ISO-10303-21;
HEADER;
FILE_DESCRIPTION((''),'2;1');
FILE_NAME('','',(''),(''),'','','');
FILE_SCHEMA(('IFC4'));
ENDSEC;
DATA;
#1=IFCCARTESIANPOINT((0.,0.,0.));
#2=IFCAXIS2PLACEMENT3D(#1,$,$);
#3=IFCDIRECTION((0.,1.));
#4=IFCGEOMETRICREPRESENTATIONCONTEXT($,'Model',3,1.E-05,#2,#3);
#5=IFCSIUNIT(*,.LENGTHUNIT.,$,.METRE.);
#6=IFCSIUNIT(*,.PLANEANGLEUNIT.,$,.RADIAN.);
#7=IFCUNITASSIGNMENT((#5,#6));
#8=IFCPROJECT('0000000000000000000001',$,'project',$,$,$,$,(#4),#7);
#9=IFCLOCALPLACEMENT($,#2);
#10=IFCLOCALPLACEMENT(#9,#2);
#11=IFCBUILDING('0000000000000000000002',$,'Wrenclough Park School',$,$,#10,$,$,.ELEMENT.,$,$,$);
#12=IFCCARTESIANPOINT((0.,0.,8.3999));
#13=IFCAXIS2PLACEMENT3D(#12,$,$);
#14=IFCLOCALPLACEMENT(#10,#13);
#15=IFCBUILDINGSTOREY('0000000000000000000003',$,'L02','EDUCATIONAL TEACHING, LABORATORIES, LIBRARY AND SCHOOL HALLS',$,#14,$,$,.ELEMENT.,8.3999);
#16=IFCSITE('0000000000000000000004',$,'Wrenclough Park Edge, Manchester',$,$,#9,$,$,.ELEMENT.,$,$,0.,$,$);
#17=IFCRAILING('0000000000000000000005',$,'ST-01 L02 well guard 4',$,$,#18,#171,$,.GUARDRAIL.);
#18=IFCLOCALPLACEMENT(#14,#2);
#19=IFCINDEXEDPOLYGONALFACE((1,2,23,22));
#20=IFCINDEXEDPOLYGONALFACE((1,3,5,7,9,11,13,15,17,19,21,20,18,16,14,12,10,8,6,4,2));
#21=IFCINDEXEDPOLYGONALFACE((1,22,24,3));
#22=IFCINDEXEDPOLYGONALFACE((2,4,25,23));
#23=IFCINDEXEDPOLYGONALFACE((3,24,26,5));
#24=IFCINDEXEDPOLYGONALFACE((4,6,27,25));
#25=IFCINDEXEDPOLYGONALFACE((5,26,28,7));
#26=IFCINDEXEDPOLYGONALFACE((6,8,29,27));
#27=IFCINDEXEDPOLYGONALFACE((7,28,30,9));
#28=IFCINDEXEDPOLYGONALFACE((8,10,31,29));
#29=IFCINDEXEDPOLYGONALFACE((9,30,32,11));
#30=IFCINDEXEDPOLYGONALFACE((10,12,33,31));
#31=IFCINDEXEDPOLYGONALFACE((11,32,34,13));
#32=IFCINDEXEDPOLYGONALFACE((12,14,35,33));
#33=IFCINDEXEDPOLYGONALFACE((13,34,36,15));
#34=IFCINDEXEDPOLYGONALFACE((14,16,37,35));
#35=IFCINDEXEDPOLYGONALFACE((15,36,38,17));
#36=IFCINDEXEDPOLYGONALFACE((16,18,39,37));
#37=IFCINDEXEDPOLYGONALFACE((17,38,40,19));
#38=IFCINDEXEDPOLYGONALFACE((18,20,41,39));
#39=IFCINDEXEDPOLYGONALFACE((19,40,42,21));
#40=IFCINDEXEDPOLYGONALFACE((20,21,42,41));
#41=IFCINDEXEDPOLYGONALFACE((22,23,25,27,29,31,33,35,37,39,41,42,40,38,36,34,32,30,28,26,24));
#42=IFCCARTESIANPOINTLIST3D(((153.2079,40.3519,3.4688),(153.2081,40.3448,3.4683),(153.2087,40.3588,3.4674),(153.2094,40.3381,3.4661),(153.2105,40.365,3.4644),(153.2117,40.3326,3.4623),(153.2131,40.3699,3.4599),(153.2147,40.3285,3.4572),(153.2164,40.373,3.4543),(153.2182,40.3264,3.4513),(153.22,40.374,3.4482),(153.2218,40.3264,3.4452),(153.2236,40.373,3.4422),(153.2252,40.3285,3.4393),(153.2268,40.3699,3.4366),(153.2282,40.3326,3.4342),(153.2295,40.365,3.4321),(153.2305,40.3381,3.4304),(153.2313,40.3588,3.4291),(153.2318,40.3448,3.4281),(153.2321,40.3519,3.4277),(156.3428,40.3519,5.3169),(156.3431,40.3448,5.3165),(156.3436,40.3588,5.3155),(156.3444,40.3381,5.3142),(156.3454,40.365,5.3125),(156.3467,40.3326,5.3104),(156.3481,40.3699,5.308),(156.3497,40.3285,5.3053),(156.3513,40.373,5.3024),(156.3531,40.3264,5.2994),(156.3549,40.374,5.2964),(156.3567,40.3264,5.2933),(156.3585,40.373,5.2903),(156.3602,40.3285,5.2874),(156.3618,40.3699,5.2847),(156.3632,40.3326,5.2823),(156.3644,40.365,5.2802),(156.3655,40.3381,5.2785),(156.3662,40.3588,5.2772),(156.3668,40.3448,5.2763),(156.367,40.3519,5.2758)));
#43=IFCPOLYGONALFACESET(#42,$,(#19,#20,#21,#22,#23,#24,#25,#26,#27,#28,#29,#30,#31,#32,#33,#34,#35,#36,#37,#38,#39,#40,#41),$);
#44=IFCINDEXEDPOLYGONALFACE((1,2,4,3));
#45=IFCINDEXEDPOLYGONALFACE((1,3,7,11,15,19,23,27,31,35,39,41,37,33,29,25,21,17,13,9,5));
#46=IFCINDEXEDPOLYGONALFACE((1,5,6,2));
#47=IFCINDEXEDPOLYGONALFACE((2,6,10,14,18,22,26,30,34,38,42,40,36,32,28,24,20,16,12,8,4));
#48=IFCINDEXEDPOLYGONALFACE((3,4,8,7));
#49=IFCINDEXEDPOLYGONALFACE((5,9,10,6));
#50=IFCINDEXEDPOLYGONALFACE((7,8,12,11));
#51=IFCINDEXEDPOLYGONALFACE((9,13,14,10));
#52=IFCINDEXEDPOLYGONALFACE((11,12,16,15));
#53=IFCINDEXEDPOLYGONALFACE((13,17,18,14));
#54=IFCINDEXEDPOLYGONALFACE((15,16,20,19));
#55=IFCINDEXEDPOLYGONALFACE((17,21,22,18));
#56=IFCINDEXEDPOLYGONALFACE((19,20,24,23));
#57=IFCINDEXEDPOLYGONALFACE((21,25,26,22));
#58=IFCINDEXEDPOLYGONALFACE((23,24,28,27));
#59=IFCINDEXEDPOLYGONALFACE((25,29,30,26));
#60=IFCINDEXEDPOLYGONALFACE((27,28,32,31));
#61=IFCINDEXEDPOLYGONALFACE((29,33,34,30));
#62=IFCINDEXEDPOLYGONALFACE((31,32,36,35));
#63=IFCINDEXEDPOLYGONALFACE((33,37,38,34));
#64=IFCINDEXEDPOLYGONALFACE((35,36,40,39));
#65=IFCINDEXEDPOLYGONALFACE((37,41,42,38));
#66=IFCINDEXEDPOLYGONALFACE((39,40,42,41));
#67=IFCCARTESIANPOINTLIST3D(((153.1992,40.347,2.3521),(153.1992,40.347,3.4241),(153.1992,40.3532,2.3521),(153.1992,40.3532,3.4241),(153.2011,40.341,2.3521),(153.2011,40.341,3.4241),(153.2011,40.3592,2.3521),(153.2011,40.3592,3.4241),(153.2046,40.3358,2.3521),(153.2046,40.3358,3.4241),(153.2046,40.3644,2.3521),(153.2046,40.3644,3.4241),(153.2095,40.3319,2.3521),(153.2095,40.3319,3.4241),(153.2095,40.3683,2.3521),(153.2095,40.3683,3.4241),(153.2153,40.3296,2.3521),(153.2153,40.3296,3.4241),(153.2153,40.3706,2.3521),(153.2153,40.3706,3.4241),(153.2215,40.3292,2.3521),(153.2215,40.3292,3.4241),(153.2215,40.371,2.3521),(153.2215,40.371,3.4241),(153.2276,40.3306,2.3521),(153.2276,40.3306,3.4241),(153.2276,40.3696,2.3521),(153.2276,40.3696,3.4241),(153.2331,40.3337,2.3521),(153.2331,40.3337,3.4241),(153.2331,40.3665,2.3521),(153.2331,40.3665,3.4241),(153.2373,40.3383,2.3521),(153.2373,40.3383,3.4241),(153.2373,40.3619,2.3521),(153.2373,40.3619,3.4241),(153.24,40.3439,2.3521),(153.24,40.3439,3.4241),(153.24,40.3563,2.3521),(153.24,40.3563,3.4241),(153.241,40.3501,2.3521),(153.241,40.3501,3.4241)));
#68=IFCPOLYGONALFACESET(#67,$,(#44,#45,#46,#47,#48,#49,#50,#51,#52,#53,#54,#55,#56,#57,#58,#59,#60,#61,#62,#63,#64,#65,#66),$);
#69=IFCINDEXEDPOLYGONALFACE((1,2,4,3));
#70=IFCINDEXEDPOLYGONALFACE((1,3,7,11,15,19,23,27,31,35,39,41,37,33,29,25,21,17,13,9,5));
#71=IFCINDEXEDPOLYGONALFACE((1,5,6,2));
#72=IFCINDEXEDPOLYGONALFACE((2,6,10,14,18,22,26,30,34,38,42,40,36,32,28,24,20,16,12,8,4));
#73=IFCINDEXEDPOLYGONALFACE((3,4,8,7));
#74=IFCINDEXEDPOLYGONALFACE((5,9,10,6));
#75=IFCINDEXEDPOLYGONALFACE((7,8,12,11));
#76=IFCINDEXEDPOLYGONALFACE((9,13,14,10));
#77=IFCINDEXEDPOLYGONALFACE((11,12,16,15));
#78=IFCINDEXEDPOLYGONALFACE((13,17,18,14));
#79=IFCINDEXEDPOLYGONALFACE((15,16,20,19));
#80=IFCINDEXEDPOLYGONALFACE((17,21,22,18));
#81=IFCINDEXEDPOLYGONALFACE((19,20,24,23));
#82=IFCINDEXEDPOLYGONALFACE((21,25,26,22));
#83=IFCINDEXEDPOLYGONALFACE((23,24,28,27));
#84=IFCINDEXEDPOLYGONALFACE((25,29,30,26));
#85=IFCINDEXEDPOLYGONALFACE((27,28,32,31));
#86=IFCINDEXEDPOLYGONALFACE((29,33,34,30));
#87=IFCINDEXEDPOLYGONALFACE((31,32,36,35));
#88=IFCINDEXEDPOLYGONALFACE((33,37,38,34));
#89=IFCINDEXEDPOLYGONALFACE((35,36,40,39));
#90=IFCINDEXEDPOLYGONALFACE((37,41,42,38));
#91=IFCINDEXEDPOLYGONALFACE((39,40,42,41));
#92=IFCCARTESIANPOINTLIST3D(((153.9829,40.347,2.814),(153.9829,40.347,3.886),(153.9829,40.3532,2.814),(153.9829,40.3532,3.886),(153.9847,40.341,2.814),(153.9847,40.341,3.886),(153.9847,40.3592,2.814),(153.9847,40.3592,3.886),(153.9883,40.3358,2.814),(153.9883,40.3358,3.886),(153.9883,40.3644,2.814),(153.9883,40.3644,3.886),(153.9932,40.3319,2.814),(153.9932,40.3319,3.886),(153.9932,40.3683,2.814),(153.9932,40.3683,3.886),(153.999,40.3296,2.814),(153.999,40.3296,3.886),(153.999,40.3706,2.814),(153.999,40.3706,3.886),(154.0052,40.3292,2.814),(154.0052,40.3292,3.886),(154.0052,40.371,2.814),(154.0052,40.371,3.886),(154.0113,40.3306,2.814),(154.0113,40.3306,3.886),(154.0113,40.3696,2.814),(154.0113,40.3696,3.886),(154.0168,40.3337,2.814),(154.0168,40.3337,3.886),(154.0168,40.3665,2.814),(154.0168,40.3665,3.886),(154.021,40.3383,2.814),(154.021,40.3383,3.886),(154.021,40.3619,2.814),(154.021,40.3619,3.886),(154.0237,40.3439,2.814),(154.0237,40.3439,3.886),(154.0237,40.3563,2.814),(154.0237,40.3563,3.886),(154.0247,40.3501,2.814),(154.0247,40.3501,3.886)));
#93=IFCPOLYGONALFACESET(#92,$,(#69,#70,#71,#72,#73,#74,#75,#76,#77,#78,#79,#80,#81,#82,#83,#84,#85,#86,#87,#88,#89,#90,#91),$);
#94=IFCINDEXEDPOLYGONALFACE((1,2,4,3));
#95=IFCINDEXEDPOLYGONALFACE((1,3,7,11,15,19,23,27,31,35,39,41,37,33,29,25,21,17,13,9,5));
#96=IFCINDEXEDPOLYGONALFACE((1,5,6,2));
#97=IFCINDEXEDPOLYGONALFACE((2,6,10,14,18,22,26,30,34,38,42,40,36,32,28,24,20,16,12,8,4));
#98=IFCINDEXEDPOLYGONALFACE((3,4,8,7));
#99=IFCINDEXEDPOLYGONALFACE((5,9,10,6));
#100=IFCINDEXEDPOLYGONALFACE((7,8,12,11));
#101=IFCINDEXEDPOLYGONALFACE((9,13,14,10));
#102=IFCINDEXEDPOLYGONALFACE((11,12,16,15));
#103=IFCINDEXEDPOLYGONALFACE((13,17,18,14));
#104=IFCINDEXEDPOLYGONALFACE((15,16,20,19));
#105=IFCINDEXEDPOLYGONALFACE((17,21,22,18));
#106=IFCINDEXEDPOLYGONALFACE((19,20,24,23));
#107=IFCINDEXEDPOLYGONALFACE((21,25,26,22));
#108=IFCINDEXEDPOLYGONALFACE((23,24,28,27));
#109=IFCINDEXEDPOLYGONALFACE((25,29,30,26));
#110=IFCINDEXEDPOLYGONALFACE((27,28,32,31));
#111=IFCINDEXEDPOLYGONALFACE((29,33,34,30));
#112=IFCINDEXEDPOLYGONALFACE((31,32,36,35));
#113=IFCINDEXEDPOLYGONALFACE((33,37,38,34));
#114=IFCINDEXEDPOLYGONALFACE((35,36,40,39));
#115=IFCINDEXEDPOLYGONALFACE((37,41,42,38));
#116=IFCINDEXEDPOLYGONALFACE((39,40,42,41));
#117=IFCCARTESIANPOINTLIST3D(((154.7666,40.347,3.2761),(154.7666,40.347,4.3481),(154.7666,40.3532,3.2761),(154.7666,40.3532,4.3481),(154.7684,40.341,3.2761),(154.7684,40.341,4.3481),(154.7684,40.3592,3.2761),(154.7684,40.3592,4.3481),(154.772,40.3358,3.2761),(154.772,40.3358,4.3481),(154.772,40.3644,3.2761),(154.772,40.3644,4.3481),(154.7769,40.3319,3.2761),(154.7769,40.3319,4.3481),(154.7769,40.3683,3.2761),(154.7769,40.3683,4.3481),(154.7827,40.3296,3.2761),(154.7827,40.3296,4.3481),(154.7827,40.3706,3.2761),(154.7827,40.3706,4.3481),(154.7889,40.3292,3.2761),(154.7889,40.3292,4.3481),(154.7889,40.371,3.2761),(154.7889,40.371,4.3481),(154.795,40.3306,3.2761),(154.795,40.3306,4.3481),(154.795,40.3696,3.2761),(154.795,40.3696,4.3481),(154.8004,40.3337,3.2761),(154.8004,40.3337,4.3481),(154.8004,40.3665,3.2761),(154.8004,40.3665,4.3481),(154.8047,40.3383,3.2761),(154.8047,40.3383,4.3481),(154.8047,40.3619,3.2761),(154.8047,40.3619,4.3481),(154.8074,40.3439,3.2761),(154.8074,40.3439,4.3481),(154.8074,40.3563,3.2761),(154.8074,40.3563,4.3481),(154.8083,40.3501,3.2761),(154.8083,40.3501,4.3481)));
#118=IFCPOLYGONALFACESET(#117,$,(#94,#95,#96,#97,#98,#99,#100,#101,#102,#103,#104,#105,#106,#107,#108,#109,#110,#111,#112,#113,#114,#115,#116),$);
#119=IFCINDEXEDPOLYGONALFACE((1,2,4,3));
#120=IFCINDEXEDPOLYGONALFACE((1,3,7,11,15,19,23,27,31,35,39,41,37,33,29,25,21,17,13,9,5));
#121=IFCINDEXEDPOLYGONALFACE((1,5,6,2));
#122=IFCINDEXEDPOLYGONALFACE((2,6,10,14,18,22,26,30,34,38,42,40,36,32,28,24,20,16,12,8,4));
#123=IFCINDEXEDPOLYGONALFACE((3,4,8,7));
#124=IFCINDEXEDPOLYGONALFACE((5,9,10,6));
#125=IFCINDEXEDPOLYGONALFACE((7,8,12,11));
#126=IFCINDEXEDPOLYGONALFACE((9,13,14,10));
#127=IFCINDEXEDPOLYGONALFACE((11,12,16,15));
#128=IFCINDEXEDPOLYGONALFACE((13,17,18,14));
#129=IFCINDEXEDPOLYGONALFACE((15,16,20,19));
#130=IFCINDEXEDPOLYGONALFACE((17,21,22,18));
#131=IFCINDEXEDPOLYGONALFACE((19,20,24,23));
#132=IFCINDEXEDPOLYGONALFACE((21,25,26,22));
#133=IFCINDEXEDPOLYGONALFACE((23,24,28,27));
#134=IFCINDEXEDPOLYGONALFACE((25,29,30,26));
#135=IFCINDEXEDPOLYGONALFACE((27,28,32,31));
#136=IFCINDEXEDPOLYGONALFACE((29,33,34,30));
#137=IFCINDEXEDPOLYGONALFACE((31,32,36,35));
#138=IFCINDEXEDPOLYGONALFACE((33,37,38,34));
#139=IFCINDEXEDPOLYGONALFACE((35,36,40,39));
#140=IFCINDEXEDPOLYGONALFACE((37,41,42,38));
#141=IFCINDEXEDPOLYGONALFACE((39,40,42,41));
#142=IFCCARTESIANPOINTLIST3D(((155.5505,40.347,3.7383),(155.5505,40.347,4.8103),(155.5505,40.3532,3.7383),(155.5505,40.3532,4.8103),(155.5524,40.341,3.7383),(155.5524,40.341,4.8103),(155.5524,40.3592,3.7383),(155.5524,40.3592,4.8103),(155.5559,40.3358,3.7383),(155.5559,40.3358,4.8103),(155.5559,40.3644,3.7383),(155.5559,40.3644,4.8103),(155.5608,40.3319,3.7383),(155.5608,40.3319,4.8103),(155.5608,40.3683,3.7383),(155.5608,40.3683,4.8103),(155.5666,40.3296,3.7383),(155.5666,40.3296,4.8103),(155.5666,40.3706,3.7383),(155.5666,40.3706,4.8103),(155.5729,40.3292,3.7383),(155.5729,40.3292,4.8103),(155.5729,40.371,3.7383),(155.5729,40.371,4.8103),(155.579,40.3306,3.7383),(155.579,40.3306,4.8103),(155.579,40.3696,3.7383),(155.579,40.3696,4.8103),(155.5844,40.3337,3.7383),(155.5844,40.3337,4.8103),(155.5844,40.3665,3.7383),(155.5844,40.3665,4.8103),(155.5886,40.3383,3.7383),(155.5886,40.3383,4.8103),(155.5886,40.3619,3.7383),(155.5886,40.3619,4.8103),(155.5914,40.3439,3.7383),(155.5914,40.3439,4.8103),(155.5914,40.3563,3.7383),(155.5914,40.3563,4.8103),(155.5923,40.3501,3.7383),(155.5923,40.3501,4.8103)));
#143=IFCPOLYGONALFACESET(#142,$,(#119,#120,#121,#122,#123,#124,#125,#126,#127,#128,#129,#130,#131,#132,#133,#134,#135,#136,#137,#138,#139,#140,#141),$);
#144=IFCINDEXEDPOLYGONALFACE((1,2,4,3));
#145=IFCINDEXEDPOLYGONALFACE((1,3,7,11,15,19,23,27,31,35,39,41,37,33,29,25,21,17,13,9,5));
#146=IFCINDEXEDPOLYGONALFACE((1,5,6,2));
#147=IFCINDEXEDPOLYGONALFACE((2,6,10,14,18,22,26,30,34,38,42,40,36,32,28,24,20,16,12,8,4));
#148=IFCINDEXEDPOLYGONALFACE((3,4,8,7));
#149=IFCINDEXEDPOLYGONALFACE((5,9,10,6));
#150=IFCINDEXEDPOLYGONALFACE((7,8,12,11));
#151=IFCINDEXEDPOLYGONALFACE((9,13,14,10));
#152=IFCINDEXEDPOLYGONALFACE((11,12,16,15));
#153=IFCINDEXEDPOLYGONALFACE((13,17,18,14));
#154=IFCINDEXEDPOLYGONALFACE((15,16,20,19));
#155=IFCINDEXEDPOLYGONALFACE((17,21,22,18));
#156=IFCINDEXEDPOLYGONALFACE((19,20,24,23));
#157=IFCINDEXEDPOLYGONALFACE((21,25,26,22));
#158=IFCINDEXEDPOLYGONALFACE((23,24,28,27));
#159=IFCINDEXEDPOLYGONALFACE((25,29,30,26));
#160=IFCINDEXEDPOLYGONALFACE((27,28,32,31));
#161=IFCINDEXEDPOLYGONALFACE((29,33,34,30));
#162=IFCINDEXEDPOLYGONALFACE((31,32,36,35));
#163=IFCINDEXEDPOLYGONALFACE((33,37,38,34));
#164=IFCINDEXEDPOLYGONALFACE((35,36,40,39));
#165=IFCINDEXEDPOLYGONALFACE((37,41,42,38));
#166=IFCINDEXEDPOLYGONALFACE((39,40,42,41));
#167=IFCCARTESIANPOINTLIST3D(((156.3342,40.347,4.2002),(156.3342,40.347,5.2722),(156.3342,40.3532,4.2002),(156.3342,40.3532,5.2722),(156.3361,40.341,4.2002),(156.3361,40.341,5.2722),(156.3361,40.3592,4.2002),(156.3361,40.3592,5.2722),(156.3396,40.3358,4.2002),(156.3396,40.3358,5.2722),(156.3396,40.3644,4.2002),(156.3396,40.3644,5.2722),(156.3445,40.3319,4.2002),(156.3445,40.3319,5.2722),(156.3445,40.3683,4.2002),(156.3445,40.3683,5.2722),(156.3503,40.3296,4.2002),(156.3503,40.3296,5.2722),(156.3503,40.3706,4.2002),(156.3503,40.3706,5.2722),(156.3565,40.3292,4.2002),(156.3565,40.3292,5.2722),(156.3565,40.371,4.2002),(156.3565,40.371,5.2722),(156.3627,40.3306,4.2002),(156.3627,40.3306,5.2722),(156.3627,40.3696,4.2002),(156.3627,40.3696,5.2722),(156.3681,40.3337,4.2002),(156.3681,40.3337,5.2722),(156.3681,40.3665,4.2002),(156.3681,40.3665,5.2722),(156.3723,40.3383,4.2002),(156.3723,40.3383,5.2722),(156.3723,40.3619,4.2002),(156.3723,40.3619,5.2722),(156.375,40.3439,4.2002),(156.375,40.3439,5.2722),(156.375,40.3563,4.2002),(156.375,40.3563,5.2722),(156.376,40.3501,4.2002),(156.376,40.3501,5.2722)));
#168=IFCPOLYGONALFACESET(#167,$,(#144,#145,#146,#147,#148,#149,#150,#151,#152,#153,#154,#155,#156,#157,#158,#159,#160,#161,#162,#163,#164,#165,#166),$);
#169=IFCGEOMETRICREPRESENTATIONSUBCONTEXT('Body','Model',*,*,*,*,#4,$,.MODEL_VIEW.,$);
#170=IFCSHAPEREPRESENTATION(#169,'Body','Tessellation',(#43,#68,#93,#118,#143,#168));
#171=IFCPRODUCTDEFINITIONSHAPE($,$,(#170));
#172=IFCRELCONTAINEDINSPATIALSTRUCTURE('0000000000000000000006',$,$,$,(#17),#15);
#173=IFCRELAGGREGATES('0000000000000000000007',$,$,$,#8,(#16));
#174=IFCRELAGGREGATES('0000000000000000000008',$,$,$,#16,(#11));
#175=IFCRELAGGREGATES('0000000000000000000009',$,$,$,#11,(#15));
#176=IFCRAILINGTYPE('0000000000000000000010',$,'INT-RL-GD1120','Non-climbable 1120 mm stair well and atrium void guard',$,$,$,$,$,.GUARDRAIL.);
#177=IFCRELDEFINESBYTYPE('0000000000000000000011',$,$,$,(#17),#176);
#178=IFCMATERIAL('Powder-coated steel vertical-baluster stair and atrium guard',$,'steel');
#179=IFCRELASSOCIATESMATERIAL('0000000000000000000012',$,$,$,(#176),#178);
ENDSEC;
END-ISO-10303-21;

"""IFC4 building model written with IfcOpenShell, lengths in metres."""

from ifc_helpers import new_model, si_unit, direction, frame, origin, origin_2d, place, context, subcontext, project, spatial, circle, extrude, material, type_object, element, save


model = new_model("IFC4")

# Units and contexts
model_context = context("Model", 3, precision=1e-05, world=origin(), true_north=direction((0.0, 1.0)))
body_context = subcontext(model_context, "Body", "Model", "MODEL_VIEW")
ifc_project = project(units=[si_unit("LENGTHUNIT", "METRE"), si_unit("PLANEANGLEUNIT", "RADIAN")], contexts=[model_context])

# Site, building, storey
site_placement = place(None, origin())
site = spatial("IfcSite", under=ifc_project, at=site_placement, Name="Wrenclough Park Edge, Manchester", CompositionType="ELEMENT", RefElevation=0.0)
building_placement = place(site_placement, origin())
building = spatial("IfcBuilding", under=site, at=building_placement, Name="Wrenclough Park School", CompositionType="ELEMENT")
storey_placement = place(building_placement, frame((0.0, 0.0, 8.3999)))
storey = spatial("IfcBuildingStorey", under=building, at=storey_placement, Name="L02", Description="EDUCATIONAL TEACHING, LABORATORIES, LIBRARY AND SCHOOL HALLS", CompositionType="ELEMENT", Elevation=8.3999)

# Railing
ifc_material_1 = material(Name="Powder-coated steel vertical-baluster stair and atrium guard", Category="steel")
railing_type_1 = type_object("IfcRailingType", Name="INT-RL-GD1120", Description="Non-climbable 1120 mm stair well and atrium void guard", PredefinedType="GUARDRAIL", material=ifc_material_1)
railing_1_placement = place(storey_placement, frame((153.22, 40.3501, 2.3521)))
element("IfcRailing", 1, at=railing_1_placement, inside=storey, type_object=railing_type_1, Name="ST-01 L02 well guard 4", PredefinedType="GUARDRAIL", context=body_context, shape_type="SweptSolid", body=[
    extrude(circle(Radius=0.0239, at=origin_2d()), frame((0.0, 0.0, 1.0962), z_axis=(0.861451, 0.0, 0.507841), x_axis=(0.0, 1.0, 0.0)), (0.0, 0.0, 1.0), 3.6392),
    extrude(circle(Radius=0.021, at=origin_2d()), origin(), (0.0, 0.0, 1.0), 1.072),
    extrude(circle(Radius=0.021, at=origin_2d()), frame((0.7837, 0.0, 0.4619)), (0.0, 0.0, 1.0), 1.072),
    extrude(circle(Radius=0.021, at=origin_2d()), frame((1.5674, 0.0, 0.9241)), (0.0, 0.0, 1.0), 1.072),
    extrude(circle(Radius=0.021, at=origin_2d()), frame((2.3513, 0.0, 1.3862)), (0.0, 0.0, 1.0), 1.072),
    extrude(circle(Radius=0.021, at=origin_2d()), frame((3.135, 0.0, 1.8481)), (0.0, 0.0, 1.0), 1.072),
])

save(model, "model.ifc")
